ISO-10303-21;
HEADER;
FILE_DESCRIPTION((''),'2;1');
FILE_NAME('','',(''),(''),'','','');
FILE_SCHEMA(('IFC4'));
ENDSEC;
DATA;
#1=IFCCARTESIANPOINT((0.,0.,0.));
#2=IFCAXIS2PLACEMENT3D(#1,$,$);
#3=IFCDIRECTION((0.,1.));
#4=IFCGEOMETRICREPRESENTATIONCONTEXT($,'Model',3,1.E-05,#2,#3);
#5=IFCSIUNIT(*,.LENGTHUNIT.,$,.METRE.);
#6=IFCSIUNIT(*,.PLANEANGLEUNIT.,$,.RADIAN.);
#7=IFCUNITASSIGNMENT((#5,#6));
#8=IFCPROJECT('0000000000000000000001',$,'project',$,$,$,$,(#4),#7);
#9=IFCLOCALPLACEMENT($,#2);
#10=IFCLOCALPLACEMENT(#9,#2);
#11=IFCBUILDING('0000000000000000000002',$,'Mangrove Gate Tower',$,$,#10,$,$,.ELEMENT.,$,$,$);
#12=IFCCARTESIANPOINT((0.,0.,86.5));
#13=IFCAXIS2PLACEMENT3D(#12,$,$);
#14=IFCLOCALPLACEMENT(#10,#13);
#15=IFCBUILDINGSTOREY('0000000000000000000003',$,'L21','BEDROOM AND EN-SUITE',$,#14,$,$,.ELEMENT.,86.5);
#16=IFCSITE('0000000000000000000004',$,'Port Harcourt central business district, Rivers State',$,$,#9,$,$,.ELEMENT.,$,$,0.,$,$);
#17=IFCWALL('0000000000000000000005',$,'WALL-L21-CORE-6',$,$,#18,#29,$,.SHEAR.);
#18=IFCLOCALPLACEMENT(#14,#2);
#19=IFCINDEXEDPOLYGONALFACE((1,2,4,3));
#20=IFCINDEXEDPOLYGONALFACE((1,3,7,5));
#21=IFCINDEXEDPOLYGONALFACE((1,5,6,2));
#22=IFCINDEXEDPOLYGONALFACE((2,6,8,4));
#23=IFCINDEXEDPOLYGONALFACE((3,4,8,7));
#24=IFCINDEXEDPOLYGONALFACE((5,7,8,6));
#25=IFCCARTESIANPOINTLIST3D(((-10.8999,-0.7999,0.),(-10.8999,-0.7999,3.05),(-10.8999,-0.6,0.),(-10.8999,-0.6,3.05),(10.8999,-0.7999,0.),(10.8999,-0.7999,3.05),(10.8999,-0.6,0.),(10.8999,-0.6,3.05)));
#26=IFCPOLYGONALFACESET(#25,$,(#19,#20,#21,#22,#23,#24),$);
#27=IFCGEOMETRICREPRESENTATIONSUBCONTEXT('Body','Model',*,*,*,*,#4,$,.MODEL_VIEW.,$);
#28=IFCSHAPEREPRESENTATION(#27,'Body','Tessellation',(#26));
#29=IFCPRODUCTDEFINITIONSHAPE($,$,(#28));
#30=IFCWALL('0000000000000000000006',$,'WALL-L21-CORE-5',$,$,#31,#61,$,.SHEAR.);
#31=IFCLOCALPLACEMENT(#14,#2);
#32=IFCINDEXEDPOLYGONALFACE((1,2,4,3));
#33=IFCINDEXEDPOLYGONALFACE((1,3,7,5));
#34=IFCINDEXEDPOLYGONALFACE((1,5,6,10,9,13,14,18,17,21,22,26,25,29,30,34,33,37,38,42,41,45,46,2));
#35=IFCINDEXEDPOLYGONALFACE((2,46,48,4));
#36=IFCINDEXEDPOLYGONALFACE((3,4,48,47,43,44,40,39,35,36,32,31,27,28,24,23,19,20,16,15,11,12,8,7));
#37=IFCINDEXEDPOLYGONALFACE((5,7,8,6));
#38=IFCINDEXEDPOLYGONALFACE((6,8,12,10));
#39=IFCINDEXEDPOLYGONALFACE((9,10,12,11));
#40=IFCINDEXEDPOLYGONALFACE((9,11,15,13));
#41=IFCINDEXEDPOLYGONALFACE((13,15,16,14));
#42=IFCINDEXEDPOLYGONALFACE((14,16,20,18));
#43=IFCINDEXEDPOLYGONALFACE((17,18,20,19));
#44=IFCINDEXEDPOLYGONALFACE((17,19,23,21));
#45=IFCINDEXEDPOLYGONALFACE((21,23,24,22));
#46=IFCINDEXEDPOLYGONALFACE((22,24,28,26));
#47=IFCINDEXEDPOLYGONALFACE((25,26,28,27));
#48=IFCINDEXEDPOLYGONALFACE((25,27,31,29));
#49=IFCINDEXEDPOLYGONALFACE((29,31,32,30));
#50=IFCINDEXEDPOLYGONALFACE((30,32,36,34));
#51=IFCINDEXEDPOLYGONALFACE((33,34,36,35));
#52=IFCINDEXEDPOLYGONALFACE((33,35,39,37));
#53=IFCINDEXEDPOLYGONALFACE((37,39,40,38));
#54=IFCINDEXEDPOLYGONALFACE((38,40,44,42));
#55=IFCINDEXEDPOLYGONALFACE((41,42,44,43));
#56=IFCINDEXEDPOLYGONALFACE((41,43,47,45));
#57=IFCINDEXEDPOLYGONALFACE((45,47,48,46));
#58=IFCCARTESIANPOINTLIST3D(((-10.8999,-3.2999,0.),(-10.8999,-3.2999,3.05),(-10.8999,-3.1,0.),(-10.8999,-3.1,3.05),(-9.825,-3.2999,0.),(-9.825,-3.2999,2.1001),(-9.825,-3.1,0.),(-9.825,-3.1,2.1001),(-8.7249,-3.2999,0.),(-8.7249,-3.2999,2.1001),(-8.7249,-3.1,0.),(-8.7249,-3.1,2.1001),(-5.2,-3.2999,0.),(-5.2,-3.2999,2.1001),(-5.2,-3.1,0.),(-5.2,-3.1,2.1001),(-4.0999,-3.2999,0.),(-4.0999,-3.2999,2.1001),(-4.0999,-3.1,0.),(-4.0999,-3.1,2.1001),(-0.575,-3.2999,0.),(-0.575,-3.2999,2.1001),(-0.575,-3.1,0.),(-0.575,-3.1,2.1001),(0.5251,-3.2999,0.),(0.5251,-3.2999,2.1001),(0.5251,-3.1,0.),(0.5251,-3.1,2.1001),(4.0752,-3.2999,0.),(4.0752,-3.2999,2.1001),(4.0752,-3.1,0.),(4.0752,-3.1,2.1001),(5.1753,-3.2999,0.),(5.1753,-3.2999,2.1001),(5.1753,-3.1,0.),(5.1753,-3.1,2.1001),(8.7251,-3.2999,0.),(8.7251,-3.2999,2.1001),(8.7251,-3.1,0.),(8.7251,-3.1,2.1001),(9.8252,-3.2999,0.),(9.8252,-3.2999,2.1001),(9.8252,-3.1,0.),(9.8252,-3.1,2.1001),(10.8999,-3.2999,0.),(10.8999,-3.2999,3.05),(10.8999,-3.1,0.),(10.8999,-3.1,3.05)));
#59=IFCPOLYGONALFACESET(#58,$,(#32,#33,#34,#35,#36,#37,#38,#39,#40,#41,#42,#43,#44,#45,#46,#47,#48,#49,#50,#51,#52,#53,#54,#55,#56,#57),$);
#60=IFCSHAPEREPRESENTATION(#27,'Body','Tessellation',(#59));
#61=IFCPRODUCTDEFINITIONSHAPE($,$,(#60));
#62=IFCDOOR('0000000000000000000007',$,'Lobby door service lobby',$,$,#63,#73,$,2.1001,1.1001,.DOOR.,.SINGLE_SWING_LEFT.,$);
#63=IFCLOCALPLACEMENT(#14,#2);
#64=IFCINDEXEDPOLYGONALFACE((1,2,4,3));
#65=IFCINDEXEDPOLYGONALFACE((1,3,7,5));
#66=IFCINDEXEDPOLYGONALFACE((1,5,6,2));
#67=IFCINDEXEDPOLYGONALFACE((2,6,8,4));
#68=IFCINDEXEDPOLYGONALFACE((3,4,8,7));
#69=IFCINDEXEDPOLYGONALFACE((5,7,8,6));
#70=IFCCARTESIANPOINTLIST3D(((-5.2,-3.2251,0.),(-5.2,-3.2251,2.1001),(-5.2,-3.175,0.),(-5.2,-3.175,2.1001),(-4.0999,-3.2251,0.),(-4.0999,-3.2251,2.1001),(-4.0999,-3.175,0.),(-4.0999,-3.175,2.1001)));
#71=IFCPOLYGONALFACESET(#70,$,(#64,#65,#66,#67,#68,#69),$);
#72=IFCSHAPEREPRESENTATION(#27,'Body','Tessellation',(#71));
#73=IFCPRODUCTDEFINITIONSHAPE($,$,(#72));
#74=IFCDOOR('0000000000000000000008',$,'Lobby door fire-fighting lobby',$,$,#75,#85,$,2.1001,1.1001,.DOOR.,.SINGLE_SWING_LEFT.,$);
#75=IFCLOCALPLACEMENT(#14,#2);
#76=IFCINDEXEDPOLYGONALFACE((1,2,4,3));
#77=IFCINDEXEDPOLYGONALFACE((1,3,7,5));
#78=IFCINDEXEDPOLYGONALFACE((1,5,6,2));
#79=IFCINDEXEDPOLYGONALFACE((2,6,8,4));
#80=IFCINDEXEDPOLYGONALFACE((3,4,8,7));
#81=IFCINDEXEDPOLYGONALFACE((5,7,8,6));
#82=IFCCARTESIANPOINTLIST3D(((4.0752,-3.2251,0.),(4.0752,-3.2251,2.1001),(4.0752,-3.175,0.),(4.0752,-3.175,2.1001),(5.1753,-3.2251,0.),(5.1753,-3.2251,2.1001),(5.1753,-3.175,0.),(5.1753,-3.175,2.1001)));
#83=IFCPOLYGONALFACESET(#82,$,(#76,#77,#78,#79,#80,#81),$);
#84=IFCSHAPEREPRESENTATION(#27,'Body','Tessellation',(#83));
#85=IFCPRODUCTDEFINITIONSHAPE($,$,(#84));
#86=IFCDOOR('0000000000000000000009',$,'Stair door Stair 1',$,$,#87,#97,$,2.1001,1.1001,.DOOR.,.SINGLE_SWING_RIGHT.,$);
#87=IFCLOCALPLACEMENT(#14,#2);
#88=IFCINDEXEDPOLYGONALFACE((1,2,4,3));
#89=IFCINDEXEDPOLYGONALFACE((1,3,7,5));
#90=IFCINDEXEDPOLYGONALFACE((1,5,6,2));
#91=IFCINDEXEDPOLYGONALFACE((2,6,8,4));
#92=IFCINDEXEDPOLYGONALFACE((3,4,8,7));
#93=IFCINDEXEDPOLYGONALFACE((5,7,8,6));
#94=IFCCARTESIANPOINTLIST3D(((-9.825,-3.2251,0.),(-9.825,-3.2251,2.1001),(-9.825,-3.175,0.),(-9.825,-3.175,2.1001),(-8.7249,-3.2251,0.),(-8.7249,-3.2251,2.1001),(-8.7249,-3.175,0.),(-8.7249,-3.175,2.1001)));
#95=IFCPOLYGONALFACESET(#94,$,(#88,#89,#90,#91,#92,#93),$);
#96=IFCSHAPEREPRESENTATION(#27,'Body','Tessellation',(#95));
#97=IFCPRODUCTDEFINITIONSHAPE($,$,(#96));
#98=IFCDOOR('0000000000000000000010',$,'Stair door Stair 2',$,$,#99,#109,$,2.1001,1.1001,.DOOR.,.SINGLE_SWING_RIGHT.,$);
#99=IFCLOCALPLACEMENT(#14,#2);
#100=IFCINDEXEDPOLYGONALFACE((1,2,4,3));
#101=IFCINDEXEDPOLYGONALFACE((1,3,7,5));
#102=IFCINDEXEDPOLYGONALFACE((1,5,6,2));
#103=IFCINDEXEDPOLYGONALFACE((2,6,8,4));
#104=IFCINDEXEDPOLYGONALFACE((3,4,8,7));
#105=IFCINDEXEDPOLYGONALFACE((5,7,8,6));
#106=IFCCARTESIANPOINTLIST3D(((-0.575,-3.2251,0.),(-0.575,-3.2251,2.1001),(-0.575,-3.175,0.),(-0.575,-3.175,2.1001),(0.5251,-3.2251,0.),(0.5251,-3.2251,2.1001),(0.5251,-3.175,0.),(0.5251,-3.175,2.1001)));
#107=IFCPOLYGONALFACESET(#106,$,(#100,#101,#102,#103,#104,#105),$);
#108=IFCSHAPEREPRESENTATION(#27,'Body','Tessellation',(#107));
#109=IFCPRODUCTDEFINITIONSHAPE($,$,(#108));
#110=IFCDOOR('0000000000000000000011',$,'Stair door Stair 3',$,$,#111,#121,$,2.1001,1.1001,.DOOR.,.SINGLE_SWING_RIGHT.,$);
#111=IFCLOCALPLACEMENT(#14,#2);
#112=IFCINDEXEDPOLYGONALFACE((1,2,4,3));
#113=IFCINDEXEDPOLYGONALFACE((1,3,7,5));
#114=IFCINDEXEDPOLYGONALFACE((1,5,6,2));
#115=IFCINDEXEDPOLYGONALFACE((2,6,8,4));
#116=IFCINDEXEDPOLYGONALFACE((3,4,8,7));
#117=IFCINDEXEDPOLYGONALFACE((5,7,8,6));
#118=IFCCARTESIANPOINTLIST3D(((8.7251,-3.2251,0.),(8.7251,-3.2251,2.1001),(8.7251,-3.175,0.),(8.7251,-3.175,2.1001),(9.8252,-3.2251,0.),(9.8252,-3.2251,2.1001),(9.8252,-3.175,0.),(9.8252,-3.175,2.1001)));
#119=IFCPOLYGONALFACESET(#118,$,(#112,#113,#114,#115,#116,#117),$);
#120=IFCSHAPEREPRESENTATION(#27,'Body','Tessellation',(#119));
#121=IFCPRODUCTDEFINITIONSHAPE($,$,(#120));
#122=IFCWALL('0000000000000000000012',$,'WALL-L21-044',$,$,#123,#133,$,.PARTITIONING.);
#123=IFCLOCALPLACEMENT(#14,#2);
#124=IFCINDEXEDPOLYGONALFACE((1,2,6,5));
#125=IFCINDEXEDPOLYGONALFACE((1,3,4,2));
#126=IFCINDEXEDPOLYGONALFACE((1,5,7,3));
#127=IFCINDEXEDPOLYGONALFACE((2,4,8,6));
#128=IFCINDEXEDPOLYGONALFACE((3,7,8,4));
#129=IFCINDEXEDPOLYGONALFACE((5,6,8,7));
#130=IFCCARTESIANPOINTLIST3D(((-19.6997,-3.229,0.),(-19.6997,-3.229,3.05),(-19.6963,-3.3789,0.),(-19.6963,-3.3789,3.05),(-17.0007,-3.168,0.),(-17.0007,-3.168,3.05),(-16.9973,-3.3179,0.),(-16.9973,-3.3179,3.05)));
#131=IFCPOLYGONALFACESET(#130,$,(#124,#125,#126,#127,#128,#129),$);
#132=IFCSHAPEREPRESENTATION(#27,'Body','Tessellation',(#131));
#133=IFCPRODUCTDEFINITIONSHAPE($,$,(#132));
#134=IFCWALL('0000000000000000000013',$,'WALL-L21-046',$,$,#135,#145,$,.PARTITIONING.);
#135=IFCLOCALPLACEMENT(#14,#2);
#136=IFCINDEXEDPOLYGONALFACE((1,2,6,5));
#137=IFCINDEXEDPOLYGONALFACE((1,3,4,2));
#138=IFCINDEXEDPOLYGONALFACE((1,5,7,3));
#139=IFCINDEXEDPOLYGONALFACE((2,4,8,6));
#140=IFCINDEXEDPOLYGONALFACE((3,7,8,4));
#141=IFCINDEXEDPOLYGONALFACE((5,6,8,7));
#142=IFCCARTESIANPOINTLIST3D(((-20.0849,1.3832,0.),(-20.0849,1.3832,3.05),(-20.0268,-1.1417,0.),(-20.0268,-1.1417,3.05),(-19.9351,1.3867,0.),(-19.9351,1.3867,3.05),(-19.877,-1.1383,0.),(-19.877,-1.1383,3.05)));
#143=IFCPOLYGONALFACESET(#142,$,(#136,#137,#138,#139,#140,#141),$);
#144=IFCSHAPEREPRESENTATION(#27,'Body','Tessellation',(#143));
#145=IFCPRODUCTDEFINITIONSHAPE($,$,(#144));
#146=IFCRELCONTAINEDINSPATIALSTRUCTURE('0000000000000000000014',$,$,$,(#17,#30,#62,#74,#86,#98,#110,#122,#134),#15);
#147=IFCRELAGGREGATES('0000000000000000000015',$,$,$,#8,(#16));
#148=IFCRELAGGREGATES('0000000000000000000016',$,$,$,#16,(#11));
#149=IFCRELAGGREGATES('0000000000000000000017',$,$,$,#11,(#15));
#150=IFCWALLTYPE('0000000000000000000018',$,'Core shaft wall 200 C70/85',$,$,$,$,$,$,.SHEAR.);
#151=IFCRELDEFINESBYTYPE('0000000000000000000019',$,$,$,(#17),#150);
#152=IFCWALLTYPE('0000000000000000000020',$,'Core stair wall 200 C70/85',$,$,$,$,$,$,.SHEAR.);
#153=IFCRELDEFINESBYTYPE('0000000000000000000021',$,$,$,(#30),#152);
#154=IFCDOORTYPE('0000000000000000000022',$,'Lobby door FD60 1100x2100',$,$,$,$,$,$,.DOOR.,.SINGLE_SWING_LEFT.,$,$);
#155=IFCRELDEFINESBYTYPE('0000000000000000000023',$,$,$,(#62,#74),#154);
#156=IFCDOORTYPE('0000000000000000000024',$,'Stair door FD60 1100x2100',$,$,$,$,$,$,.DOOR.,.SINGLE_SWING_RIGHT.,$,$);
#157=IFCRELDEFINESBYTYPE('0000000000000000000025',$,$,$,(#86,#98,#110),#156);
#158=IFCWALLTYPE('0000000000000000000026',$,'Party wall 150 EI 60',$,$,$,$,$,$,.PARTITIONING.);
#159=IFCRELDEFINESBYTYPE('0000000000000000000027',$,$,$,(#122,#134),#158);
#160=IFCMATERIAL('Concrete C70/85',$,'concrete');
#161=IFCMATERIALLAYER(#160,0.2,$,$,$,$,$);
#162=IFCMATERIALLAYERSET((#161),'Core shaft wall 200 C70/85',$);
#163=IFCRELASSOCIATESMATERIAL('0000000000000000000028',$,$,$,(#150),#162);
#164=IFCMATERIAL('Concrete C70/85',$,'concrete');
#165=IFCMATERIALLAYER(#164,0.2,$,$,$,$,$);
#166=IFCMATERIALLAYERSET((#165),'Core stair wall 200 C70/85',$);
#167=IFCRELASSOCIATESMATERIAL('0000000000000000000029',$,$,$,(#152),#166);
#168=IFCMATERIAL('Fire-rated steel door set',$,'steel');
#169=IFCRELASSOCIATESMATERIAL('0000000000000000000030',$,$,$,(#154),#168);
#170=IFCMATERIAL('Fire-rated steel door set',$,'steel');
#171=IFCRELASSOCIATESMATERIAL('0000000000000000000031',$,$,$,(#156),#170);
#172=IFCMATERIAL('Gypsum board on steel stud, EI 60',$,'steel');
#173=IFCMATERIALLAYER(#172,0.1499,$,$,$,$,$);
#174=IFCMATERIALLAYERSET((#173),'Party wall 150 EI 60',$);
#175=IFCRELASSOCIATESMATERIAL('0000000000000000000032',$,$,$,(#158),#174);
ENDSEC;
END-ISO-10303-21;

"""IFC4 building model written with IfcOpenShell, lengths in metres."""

from ifc_helpers import new_model, si_unit, direction, frame, frame_2d, origin, place, context, subcontext, project, spatial, rectangle, extrude, material, layer, layer_set, type_object, element, fill, save


model = new_model("IFC4")

# Units and contexts
model_context = context("Model", 3, precision=1e-05, world=origin(), true_north=direction((0.0, 1.0)))
body_context = subcontext(model_context, "Body", "Model", "MODEL_VIEW")
ifc_project = project(units=[si_unit("LENGTHUNIT", "METRE"), si_unit("PLANEANGLEUNIT", "RADIAN")], contexts=[model_context])

# Site, building, storey
site_placement = place(None, origin())
site = spatial("IfcSite", under=ifc_project, at=site_placement, Name="Port Harcourt central business district, Rivers State", CompositionType="ELEMENT", RefElevation=0.0)
building_placement = place(site_placement, origin())
building = spatial("IfcBuilding", under=site, at=building_placement, Name="Mangrove Gate Tower", CompositionType="ELEMENT")
storey_placement = place(building_placement, frame((0.0, 0.0, 86.5)))
storey = spatial("IfcBuildingStorey", under=building, at=storey_placement, Name="L21", Description="BEDROOM AND EN-SUITE", CompositionType="ELEMENT", Elevation=86.5)

# Wall
ifc_material_1 = material(Name="Concrete C70/85", Category="concrete")
ifc_layer_1 = layer(ifc_material_1, 0.2)
ifc_layer_set_1 = layer_set([ifc_layer_1], Name="Core shaft wall 200 C70/85")
wall_type_1 = type_object("IfcWallType", Name="Core shaft wall 200 C70/85", PredefinedType="SHEAR", material=ifc_layer_set_1)
wall_1_placement = place(storey_placement, frame((-10.8999, -0.7, 0.0), z_axis=(0.0, 0.0, 1.0), x_axis=(1.0, 0.0, 0.0)))
element("IfcWall", 1, at=wall_1_placement, inside=storey, type_object=wall_type_1, Name="WALL-L21-CORE-6", PredefinedType="SHEAR", context=body_context, shape_type="SweptSolid", body=[
    extrude(rectangle(XDim=21.7998, YDim=0.2, at=frame_2d((10.8999, 0.0))), origin(), (0.0, 0.0, 1.0), 3.05),
])

# Wall, openings, doors
ifc_material_2 = material(Name="Concrete C70/85", Category="concrete")
ifc_layer_2 = layer(ifc_material_2, 0.2)
ifc_layer_set_2 = layer_set([ifc_layer_2], Name="Core stair wall 200 C70/85")
wall_type_2 = type_object("IfcWallType", Name="Core stair wall 200 C70/85", PredefinedType="SHEAR", material=ifc_layer_set_2)
wall_2_placement = place(storey_placement, frame((-10.8999, -3.2, 0.0), z_axis=(0.0, 0.0, 1.0), x_axis=(1.0, 0.0, 0.0)))
wall_2 = element("IfcWall", 2, at=wall_2_placement, inside=storey, type_object=wall_type_2, Name="WALL-L21-CORE-5", PredefinedType="SHEAR", context=body_context, shape_type="SweptSolid", body=[
    extrude(rectangle(XDim=21.7998, YDim=0.2, at=frame_2d((10.8999, 0.0))), origin(), (0.0, 0.0, 1.0), 3.05),
])
opening_1_placement = place(wall_2_placement, frame((1.075, 0.0, 0.0)))
opening_1 = element("IfcOpeningElement", 3, at=opening_1_placement, cuts=wall_2, PredefinedType="OPENING", context=body_context, shape_type="SweptSolid", body=[
    extrude(rectangle(XDim=1.1001, YDim=2.1001, at=frame_2d((0.55, 1.05))), frame((0.0, 0.1099, 0.0), z_axis=(0.0, -1.0, 0.0), x_axis=(1.0, 0.0, 0.0)), (0.0, 0.0, 1.0), 0.22),
])
opening_2_placement = place(wall_2_placement, frame((10.325, 0.0, 0.0)))
opening_2 = element("IfcOpeningElement", 4, at=opening_2_placement, cuts=wall_2, PredefinedType="OPENING", context=body_context, shape_type="SweptSolid", body=[
    extrude(rectangle(XDim=1.1001, YDim=2.1001, at=frame_2d((0.55, 1.05))), frame((0.0, 0.1099, 0.0), z_axis=(0.0, -1.0, 0.0), x_axis=(1.0, 0.0, 0.0)), (0.0, 0.0, 1.0), 0.22),
])
opening_3_placement = place(wall_2_placement, frame((19.625, 0.0, 0.0)))
opening_3 = element("IfcOpeningElement", 5, at=opening_3_placement, cuts=wall_2, PredefinedType="OPENING", context=body_context, shape_type="SweptSolid", body=[
    extrude(rectangle(XDim=1.1001, YDim=2.1001, at=frame_2d((0.55, 1.05))), frame((0.0, 0.1099, 0.0), z_axis=(0.0, -1.0, 0.0), x_axis=(1.0, 0.0, 0.0)), (0.0, 0.0, 1.0), 0.22),
])
opening_4_placement = place(wall_2_placement, frame((5.7, 0.0, 0.0)))
opening_4 = element("IfcOpeningElement", 6, at=opening_4_placement, cuts=wall_2, PredefinedType="OPENING", context=body_context, shape_type="SweptSolid", body=[
    extrude(rectangle(XDim=1.1001, YDim=2.1001, at=frame_2d((0.55, 1.05))), frame((0.0, 0.1099, 0.0), z_axis=(0.0, -1.0, 0.0), x_axis=(1.0, 0.0, 0.0)), (0.0, 0.0, 1.0), 0.22),
])
opening_5_placement = place(wall_2_placement, frame((14.9751, 0.0, 0.0)))
opening_5 = element("IfcOpeningElement", 7, at=opening_5_placement, cuts=wall_2, PredefinedType="OPENING", context=body_context, shape_type="SweptSolid", body=[
    extrude(rectangle(XDim=1.1001, YDim=2.1001, at=frame_2d((0.55, 1.05))), frame((0.0, 0.1099, 0.0), z_axis=(0.0, -1.0, 0.0), x_axis=(1.0, 0.0, 0.0)), (0.0, 0.0, 1.0), 0.22),
])
ifc_material_3 = material(Name="Fire-rated steel door set", Category="steel")
door_type_1 = type_object("IfcDoorType", Name="Lobby door FD60 1100x2100", OperationType="SINGLE_SWING_LEFT", PredefinedType="DOOR", material=ifc_material_3)
door_1_placement = place(opening_4_placement, origin())
door_1 = element("IfcDoor", 8, at=door_1_placement, inside=storey, type_object=door_type_1, Name="Lobby door service lobby", OperationType="SINGLE_SWING_LEFT", OverallHeight=2.1001, OverallWidth=1.1001, PredefinedType="DOOR", context=body_context, shape_type="SweptSolid", body=[
    extrude(rectangle(XDim=1.1001, YDim=2.1001, at=frame_2d((0.55, 1.05))), frame((0.0, 0.0249, 0.0), z_axis=(0.0, -1.0, 0.0), x_axis=(1.0, 0.0, 0.0)), (0.0, 0.0, 1.0), 0.05),
])
fill(opening_4, door_1)
door_2_placement = place(opening_5_placement, origin())
door_2 = element("IfcDoor", 9, at=door_2_placement, inside=storey, type_object=door_type_1, Name="Lobby door fire-fighting lobby", OperationType="SINGLE_SWING_LEFT", OverallHeight=2.1001, OverallWidth=1.1001, PredefinedType="DOOR", context=body_context, shape_type="SweptSolid", body=[
    extrude(rectangle(XDim=1.1001, YDim=2.1001, at=frame_2d((0.55, 1.05))), frame((0.0, 0.0249, 0.0), z_axis=(0.0, -1.0, 0.0), x_axis=(1.0, 0.0, 0.0)), (0.0, 0.0, 1.0), 0.05),
])
fill(opening_5, door_2)
ifc_material_4 = material(Name="Fire-rated steel door set", Category="steel")
door_type_2 = type_object("IfcDoorType", Name="Stair door FD60 1100x2100", OperationType="SINGLE_SWING_RIGHT", PredefinedType="DOOR", material=ifc_material_4)
door_3_placement = place(opening_1_placement, origin())
door_3 = element("IfcDoor", 10, at=door_3_placement, inside=storey, type_object=door_type_2, Name="Stair door Stair 1", OperationType="SINGLE_SWING_RIGHT", OverallHeight=2.1001, OverallWidth=1.1001, PredefinedType="DOOR", context=body_context, shape_type="SweptSolid", body=[
    extrude(rectangle(XDim=1.1001, YDim=2.1001, at=frame_2d((0.55, 1.05))), frame((0.0, 0.0249, 0.0), z_axis=(0.0, -1.0, 0.0), x_axis=(1.0, 0.0, 0.0)), (0.0, 0.0, 1.0), 0.05),
])
fill(opening_1, door_3)
door_4_placement = place(opening_2_placement, origin())
door_4 = element("IfcDoor", 11, at=door_4_placement, inside=storey, type_object=door_type_2, Name="Stair door Stair 2", OperationType="SINGLE_SWING_RIGHT", OverallHeight=2.1001, OverallWidth=1.1001, PredefinedType="DOOR", context=body_context, shape_type="SweptSolid", body=[
    extrude(rectangle(XDim=1.1001, YDim=2.1001, at=frame_2d((0.55, 1.05))), frame((0.0, 0.0249, 0.0), z_axis=(0.0, -1.0, 0.0), x_axis=(1.0, 0.0, 0.0)), (0.0, 0.0, 1.0), 0.05),
])
fill(opening_2, door_4)
door_5_placement = place(opening_3_placement, origin())
door_5 = element("IfcDoor", 12, at=door_5_placement, inside=storey, type_object=door_type_2, Name="Stair door Stair 3", OperationType="SINGLE_SWING_RIGHT", OverallHeight=2.1001, OverallWidth=1.1001, PredefinedType="DOOR", context=body_context, shape_type="SweptSolid", body=[
    extrude(rectangle(XDim=1.1001, YDim=2.1001, at=frame_2d((0.55, 1.05))), frame((0.0, 0.0249, 0.0), z_axis=(0.0, -1.0, 0.0), x_axis=(1.0, 0.0, 0.0)), (0.0, 0.0, 1.0), 0.05),
])
fill(opening_3, door_5)

# Walls
ifc_material_5 = material(Name="Gypsum board on steel stud, EI 60", Category="steel")
ifc_layer_3 = layer(ifc_material_5, 0.1499)
ifc_layer_set_3 = layer_set([ifc_layer_3], Name="Party wall 150 EI 60")
wall_type_3 = type_object("IfcWallType", Name="Party wall 150 EI 60", PredefinedType="PARTITIONING", material=ifc_layer_set_3)
wall_3_placement = place(storey_placement, frame((-19.698, -3.304, 0.0), z_axis=(0.0, 0.0, 1.0), x_axis=(0.999744, 0.022608, 0.0)))
element("IfcWall", 13, at=wall_3_placement, inside=storey, type_object=wall_type_3, Name="WALL-L21-044", PredefinedType="PARTITIONING", context=body_context, shape_type="SweptSolid", body=[
    extrude(rectangle(XDim=2.6997, YDim=0.1499, at=frame_2d((1.3499, 0.0))), origin(), (0.0, 0.0, 1.0), 3.05),
])
wall_4_placement = place(storey_placement, frame((-19.9519, -1.1399, 0.0), z_axis=(0.0, 0.0, 1.0), x_axis=(-0.023007, 0.999735, 0.0)))
element("IfcWall", 14, at=wall_4_placement, inside=storey, type_object=wall_type_3, Name="WALL-L21-046", PredefinedType="PARTITIONING", context=body_context, shape_type="SweptSolid", body=[
    extrude(rectangle(XDim=2.5256, YDim=0.1499, at=frame_2d((1.2627, 0.0))), origin(), (0.0, 0.0, 1.0), 3.05),
])

save(model, "model.ifc")
